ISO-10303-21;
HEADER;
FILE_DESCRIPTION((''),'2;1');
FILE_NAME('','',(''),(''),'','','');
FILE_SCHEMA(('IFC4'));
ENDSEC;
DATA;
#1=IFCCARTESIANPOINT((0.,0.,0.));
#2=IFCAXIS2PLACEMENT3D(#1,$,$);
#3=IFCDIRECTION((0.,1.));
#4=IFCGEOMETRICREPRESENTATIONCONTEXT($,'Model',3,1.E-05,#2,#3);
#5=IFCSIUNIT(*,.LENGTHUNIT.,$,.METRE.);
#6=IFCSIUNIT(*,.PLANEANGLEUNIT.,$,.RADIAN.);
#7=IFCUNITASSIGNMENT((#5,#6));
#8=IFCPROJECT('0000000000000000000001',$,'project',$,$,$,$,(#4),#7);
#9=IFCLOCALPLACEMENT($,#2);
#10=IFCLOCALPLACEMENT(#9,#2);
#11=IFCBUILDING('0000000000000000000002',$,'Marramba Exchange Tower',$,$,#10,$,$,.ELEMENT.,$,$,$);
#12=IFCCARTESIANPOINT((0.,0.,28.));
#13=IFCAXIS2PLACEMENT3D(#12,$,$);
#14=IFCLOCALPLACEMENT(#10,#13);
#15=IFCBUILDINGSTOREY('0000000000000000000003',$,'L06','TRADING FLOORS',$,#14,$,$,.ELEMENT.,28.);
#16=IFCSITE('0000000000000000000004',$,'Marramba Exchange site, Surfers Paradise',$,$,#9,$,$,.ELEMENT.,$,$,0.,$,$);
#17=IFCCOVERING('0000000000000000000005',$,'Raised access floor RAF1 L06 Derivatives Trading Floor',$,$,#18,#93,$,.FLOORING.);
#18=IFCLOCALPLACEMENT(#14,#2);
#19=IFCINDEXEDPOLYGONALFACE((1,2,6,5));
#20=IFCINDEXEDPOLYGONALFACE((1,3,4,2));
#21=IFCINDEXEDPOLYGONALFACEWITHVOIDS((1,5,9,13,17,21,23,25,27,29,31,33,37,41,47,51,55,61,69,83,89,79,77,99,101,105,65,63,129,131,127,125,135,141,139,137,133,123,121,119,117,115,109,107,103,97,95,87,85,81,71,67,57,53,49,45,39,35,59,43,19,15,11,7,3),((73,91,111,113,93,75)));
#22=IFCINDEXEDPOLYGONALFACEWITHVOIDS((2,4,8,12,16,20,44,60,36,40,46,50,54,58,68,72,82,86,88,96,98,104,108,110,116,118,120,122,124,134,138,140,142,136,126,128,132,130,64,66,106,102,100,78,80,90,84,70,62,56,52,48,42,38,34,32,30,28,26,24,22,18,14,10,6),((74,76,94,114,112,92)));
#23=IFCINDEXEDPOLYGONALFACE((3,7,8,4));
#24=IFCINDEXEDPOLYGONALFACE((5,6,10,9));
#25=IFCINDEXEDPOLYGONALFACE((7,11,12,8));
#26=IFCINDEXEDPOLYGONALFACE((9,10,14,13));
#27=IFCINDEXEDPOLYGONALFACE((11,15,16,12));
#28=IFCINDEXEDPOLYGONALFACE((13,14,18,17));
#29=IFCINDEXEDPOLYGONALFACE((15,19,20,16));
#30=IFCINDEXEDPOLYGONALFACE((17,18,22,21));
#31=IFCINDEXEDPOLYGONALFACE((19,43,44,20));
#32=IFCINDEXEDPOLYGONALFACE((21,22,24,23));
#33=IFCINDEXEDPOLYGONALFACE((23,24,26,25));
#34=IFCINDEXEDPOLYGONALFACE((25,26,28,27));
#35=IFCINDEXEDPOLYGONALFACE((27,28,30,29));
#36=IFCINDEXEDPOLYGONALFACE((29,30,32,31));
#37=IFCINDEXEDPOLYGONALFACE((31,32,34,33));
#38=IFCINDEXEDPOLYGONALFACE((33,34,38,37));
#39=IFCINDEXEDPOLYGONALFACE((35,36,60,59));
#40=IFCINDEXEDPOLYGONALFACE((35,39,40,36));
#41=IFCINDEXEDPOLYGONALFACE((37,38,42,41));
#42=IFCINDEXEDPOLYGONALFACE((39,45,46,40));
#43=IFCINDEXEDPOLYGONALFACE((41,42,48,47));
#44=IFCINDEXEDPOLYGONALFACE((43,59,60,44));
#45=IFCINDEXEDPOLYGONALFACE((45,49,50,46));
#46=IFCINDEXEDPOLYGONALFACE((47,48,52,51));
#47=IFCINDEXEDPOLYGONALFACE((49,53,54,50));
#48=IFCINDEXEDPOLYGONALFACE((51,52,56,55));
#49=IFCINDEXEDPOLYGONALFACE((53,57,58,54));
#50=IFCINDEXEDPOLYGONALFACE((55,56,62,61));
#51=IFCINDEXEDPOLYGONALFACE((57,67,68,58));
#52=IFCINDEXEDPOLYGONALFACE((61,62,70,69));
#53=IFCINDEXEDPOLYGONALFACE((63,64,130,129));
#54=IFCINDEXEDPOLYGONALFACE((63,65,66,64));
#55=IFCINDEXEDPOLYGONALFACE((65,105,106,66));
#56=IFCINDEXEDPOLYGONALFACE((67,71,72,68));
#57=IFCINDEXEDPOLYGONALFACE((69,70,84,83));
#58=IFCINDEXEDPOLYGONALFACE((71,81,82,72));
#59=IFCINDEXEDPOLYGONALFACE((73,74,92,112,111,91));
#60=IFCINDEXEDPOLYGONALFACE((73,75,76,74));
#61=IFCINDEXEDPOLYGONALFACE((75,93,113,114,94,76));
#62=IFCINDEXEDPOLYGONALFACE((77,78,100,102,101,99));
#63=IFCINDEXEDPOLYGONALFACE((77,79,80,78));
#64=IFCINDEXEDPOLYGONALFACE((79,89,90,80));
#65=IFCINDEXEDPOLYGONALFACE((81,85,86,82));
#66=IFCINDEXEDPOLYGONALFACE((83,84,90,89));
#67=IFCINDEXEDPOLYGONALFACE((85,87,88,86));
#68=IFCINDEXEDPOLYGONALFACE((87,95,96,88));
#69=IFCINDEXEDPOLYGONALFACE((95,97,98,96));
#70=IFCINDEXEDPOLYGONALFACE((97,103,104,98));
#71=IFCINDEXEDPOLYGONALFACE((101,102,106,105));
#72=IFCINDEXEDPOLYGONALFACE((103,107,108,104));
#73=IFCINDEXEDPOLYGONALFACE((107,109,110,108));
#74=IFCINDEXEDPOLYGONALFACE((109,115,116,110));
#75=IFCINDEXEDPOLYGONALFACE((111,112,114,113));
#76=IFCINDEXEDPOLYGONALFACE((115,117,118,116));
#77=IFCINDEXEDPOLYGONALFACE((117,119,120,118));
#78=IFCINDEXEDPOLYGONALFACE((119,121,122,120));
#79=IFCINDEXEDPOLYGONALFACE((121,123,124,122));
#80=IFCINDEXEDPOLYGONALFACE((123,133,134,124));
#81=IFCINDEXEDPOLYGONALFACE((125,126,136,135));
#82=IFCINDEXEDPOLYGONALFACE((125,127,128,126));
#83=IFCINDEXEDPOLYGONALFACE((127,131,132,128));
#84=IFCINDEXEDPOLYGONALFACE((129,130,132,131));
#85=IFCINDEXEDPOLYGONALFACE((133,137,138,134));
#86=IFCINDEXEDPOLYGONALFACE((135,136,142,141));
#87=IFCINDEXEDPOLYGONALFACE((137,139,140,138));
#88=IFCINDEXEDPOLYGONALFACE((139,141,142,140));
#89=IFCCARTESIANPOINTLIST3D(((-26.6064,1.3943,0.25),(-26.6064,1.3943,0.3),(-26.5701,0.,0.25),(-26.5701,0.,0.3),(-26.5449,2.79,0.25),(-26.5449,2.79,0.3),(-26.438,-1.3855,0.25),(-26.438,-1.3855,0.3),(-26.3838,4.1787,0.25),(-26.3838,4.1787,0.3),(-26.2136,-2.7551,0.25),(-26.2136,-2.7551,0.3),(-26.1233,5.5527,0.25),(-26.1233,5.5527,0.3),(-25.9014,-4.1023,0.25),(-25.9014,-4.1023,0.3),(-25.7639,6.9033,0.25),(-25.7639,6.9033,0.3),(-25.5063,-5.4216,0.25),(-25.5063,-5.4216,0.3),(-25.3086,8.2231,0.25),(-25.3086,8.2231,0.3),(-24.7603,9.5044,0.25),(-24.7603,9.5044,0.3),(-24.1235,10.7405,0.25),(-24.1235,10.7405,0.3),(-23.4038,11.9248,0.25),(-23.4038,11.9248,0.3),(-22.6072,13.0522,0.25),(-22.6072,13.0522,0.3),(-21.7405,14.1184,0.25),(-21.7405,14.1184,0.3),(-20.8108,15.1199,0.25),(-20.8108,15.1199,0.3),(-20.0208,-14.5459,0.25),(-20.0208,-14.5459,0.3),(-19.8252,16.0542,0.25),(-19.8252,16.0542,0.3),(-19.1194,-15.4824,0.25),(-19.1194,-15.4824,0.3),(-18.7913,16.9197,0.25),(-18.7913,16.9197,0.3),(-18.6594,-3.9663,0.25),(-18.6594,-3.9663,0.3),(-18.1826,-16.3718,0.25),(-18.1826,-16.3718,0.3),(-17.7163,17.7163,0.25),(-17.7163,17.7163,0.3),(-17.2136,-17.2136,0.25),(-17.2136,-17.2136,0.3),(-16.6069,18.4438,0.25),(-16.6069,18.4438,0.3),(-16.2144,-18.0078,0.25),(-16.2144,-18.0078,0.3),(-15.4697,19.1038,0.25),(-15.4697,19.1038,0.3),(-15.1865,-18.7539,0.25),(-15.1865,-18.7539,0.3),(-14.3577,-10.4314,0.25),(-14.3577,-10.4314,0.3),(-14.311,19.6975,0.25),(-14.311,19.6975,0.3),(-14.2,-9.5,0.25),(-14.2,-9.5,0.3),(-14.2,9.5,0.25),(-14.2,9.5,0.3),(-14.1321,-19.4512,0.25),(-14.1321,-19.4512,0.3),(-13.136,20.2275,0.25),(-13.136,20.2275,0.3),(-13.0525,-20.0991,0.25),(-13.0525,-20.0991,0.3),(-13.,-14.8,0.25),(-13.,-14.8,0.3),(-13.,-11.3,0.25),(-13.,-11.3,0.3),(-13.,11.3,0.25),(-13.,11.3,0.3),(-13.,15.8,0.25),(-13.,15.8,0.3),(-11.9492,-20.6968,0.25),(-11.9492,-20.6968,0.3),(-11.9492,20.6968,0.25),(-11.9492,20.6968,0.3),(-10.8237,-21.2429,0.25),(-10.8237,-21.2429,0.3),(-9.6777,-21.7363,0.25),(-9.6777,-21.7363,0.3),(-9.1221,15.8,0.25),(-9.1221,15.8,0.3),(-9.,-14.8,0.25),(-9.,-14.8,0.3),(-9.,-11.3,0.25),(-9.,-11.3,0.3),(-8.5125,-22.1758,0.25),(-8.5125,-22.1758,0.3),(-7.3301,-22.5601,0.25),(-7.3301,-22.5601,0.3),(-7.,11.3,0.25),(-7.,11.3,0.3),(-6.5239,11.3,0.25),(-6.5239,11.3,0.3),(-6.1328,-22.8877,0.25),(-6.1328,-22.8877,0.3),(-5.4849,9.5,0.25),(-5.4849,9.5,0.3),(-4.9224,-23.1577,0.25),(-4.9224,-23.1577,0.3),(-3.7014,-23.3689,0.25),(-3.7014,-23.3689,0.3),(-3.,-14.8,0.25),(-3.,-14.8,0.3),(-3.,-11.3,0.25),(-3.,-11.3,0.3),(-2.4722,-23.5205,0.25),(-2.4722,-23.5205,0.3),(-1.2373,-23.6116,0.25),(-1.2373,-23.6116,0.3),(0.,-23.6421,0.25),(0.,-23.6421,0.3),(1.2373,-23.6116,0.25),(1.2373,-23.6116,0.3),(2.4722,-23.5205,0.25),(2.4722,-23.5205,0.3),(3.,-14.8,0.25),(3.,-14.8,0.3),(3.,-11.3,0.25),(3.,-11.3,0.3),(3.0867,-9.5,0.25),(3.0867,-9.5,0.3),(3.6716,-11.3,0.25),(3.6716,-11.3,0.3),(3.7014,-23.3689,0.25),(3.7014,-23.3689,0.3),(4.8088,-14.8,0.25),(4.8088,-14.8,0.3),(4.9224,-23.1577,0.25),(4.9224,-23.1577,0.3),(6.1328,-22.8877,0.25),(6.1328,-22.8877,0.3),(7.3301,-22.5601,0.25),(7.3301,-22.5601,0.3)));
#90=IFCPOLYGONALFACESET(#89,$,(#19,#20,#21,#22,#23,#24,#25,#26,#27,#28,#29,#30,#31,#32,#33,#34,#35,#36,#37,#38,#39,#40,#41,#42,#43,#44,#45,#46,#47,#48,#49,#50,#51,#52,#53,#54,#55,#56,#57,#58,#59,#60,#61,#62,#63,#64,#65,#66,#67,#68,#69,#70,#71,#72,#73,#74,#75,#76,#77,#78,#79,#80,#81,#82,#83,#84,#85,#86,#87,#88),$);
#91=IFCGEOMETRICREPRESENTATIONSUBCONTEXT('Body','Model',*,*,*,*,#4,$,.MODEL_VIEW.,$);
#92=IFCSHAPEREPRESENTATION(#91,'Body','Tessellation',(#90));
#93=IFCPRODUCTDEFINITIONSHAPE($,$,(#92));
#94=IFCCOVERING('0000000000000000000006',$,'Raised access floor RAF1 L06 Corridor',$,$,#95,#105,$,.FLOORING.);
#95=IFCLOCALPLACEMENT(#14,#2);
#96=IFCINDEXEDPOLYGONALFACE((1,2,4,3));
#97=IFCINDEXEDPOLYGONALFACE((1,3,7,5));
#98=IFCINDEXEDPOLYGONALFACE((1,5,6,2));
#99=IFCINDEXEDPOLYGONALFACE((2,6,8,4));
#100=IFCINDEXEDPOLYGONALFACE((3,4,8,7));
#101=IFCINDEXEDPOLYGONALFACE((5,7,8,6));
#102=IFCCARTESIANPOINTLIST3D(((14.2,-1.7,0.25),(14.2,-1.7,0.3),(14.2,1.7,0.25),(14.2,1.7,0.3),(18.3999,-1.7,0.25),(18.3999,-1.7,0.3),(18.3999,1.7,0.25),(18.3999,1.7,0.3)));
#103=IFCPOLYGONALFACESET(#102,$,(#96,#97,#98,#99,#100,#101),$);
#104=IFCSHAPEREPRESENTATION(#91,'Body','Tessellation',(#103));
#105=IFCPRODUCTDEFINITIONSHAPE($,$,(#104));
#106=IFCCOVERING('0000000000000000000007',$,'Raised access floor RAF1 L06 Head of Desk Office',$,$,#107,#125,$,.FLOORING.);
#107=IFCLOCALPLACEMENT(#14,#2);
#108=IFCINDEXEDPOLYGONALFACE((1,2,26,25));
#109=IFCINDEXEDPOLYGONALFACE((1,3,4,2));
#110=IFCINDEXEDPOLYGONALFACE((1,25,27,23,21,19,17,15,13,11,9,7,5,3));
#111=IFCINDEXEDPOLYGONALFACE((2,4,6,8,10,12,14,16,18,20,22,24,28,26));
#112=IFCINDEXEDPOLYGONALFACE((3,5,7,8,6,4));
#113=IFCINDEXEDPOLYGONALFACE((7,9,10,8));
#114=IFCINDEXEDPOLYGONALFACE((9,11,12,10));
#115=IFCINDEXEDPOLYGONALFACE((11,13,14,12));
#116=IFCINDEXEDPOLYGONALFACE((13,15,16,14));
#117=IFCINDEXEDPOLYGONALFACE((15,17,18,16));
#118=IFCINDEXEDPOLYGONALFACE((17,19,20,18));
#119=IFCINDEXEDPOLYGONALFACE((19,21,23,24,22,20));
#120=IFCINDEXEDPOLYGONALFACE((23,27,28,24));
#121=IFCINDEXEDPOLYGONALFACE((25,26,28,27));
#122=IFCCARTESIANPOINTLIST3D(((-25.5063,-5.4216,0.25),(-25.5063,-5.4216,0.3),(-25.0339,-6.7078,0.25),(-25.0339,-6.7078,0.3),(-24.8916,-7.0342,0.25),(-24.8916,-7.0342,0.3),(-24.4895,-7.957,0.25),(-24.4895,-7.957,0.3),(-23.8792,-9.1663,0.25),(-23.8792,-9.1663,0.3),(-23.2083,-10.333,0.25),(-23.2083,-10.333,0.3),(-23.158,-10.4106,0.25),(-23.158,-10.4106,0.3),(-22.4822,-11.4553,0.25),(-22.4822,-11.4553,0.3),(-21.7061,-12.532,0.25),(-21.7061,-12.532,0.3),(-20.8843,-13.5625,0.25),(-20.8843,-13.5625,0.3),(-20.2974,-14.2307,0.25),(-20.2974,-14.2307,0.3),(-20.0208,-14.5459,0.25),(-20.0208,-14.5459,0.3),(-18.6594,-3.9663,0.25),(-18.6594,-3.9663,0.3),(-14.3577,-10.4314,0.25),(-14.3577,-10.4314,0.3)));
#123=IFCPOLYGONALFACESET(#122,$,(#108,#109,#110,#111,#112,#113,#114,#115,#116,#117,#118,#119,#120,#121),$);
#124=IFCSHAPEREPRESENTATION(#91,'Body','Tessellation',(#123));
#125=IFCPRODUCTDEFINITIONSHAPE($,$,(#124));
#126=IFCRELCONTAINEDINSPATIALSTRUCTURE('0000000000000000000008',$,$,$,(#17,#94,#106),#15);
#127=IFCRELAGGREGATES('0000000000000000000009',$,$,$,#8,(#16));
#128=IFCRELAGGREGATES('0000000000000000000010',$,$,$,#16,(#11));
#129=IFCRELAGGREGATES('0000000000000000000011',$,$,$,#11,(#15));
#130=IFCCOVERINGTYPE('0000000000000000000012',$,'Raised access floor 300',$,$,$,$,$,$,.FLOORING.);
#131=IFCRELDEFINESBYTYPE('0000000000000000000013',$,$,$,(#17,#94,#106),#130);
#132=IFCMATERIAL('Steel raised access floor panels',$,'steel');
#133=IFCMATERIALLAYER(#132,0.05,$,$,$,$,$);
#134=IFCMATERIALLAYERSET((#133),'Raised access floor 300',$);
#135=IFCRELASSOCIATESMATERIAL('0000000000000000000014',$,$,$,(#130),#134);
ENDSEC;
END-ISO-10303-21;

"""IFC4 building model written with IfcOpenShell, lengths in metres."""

from ifc_helpers import new_model, si_unit, direction, frame, origin, place, context, subcontext, project, spatial, polyline, outline, extrude, material, layer, layer_set, type_object, element, save


model = new_model("IFC4")

# Units and contexts
model_context = context("Model", 3, precision=1e-05, world=origin(), true_north=direction((0.0, 1.0)))
body_context = subcontext(model_context, "Body", "Model", "MODEL_VIEW")
ifc_project = project(units=[si_unit("LENGTHUNIT", "METRE"), si_unit("PLANEANGLEUNIT", "RADIAN")], contexts=[model_context])

# Site, building, storey
site_placement = place(None, origin())
site = spatial("IfcSite", under=ifc_project, at=site_placement, Name="Marramba Exchange site, Surfers Paradise", CompositionType="ELEMENT", RefElevation=0.0)
building_placement = place(site_placement, origin())
building = spatial("IfcBuilding", under=site, at=building_placement, Name="Marramba Exchange Tower", CompositionType="ELEMENT")
storey_placement = place(building_placement, frame((0.0, 0.0, 28.0)))
storey = spatial("IfcBuildingStorey", under=building, at=storey_placement, Name="L06", Description="TRADING FLOORS", CompositionType="ELEMENT", Elevation=28.0)

# Coverings
ifc_material_1 = material(Name="Steel raised access floor panels", Category="steel")
ifc_layer_1 = layer(ifc_material_1, 0.05)
ifc_layer_set_1 = layer_set([ifc_layer_1], Name="Raised access floor 300")
covering_type_1 = type_object("IfcCoveringType", Name="Raised access floor 300", PredefinedType="FLOORING", material=ifc_layer_set_1)
covering_1_placement = place(storey_placement, frame((0.0, 0.0, 0.25)))
element("IfcCovering", 1, at=covering_1_placement, inside=storey, type_object=covering_type_1, Name="Raised access floor RAF1 L06 Derivatives Trading Floor", PredefinedType="FLOORING", context=body_context, shape_type="SweptSolid", body=[
    extrude(outline(polyline([(-14.2, -9.5), (3.0867, -9.5), (3.6716, -11.3), (3.0, -11.3), (3.0, -14.8), (4.8088, -14.8), (7.3301, -22.5601), (6.1328, -22.8877), (4.9224, -23.1577), (3.7014, -23.3689), (2.4722, -23.5205), (1.2373, -23.6116), (0.0, -23.6421), (-1.2373, -23.6116), (-2.4722, -23.5205), (-3.7014, -23.3689), (-4.9224, -23.1577), (-6.1328, -22.8877), (-7.3301, -22.5601), (-8.5125, -22.1758), (-9.6777, -21.7363), (-10.8237, -21.2429), (-11.9492, -20.6968), (-13.0525, -20.0991), (-14.1321, -19.4512), (-15.1865, -18.7539), (-16.2144, -18.0078), (-17.2136, -17.2136), (-18.1826, -16.3718), (-19.1194, -15.4824), (-20.0208, -14.5459), (-14.3577, -10.4314), (-18.6594, -3.9663), (-25.5063, -5.4216), (-25.9014, -4.1023), (-26.2136, -2.7551), (-26.438, -1.3855), (-26.5701, 0.0), (-26.6064, 1.3943), (-26.5449, 2.79), (-26.3838, 4.1787), (-26.1233, 5.5527), (-25.7639, 6.9033), (-25.3086, 8.2231), (-24.7603, 9.5044), (-24.1235, 10.7405), (-23.4038, 11.9248), (-22.6072, 13.0522), (-21.7405, 14.1184), (-20.8108, 15.1199), (-19.8252, 16.0542), (-18.7913, 16.9197), (-17.7163, 17.7163), (-16.6069, 18.4438), (-15.4697, 19.1038), (-14.311, 19.6975), (-13.136, 20.2275), (-11.9492, 20.6968), (-9.1221, 15.8), (-13.0, 15.8), (-13.0, 11.3), (-7.0, 11.3), (-6.5239, 11.3), (-5.4849, 9.5), (-14.2, 9.5), (-14.2, -9.5)]), holes=[polyline([(-13.0, -14.8), (-9.0, -14.8), (-3.0, -14.8), (-3.0, -11.3), (-9.0, -11.3), (-13.0, -11.3), (-13.0, -14.8)])]), origin(), (0.0, 0.0, 1.0), 0.05),
])
covering_2_placement = place(storey_placement, frame((0.0, 0.0, 0.25)))
element("IfcCovering", 2, at=covering_2_placement, inside=storey, type_object=covering_type_1, Name="Raised access floor RAF1 L06 Corridor", PredefinedType="FLOORING", context=body_context, shape_type="SweptSolid", body=[
    extrude(outline(polyline([(14.2, -1.7), (14.2, 1.7), (18.3999, 1.7), (18.3999, -1.7), (14.2, -1.7)])), origin(), (0.0, 0.0, 1.0), 0.05),
])
covering_3_placement = place(storey_placement, frame((0.0, 0.0, 0.25)))
element("IfcCovering", 3, at=covering_3_placement, inside=storey, type_object=covering_type_1, Name="Raised access floor RAF1 L06 Head of Desk Office", PredefinedType="FLOORING", context=body_context, shape_type="SweptSolid", body=[
    extrude(outline(polyline([(-20.2974, -14.2307), (-20.8843, -13.5625), (-21.7061, -12.532), (-22.4822, -11.4553), (-23.158, -10.4106), (-23.2083, -10.333), (-23.8792, -9.1663), (-24.4895, -7.957), (-24.8916, -7.0342), (-25.0339, -6.7078), (-25.5063, -5.4216), (-18.6594, -3.9663), (-14.3577, -10.4314), (-20.0208, -14.5459), (-20.2974, -14.2307)])), origin(), (0.0, 0.0, 1.0), 0.05),
])

save(model, "model.ifc")
